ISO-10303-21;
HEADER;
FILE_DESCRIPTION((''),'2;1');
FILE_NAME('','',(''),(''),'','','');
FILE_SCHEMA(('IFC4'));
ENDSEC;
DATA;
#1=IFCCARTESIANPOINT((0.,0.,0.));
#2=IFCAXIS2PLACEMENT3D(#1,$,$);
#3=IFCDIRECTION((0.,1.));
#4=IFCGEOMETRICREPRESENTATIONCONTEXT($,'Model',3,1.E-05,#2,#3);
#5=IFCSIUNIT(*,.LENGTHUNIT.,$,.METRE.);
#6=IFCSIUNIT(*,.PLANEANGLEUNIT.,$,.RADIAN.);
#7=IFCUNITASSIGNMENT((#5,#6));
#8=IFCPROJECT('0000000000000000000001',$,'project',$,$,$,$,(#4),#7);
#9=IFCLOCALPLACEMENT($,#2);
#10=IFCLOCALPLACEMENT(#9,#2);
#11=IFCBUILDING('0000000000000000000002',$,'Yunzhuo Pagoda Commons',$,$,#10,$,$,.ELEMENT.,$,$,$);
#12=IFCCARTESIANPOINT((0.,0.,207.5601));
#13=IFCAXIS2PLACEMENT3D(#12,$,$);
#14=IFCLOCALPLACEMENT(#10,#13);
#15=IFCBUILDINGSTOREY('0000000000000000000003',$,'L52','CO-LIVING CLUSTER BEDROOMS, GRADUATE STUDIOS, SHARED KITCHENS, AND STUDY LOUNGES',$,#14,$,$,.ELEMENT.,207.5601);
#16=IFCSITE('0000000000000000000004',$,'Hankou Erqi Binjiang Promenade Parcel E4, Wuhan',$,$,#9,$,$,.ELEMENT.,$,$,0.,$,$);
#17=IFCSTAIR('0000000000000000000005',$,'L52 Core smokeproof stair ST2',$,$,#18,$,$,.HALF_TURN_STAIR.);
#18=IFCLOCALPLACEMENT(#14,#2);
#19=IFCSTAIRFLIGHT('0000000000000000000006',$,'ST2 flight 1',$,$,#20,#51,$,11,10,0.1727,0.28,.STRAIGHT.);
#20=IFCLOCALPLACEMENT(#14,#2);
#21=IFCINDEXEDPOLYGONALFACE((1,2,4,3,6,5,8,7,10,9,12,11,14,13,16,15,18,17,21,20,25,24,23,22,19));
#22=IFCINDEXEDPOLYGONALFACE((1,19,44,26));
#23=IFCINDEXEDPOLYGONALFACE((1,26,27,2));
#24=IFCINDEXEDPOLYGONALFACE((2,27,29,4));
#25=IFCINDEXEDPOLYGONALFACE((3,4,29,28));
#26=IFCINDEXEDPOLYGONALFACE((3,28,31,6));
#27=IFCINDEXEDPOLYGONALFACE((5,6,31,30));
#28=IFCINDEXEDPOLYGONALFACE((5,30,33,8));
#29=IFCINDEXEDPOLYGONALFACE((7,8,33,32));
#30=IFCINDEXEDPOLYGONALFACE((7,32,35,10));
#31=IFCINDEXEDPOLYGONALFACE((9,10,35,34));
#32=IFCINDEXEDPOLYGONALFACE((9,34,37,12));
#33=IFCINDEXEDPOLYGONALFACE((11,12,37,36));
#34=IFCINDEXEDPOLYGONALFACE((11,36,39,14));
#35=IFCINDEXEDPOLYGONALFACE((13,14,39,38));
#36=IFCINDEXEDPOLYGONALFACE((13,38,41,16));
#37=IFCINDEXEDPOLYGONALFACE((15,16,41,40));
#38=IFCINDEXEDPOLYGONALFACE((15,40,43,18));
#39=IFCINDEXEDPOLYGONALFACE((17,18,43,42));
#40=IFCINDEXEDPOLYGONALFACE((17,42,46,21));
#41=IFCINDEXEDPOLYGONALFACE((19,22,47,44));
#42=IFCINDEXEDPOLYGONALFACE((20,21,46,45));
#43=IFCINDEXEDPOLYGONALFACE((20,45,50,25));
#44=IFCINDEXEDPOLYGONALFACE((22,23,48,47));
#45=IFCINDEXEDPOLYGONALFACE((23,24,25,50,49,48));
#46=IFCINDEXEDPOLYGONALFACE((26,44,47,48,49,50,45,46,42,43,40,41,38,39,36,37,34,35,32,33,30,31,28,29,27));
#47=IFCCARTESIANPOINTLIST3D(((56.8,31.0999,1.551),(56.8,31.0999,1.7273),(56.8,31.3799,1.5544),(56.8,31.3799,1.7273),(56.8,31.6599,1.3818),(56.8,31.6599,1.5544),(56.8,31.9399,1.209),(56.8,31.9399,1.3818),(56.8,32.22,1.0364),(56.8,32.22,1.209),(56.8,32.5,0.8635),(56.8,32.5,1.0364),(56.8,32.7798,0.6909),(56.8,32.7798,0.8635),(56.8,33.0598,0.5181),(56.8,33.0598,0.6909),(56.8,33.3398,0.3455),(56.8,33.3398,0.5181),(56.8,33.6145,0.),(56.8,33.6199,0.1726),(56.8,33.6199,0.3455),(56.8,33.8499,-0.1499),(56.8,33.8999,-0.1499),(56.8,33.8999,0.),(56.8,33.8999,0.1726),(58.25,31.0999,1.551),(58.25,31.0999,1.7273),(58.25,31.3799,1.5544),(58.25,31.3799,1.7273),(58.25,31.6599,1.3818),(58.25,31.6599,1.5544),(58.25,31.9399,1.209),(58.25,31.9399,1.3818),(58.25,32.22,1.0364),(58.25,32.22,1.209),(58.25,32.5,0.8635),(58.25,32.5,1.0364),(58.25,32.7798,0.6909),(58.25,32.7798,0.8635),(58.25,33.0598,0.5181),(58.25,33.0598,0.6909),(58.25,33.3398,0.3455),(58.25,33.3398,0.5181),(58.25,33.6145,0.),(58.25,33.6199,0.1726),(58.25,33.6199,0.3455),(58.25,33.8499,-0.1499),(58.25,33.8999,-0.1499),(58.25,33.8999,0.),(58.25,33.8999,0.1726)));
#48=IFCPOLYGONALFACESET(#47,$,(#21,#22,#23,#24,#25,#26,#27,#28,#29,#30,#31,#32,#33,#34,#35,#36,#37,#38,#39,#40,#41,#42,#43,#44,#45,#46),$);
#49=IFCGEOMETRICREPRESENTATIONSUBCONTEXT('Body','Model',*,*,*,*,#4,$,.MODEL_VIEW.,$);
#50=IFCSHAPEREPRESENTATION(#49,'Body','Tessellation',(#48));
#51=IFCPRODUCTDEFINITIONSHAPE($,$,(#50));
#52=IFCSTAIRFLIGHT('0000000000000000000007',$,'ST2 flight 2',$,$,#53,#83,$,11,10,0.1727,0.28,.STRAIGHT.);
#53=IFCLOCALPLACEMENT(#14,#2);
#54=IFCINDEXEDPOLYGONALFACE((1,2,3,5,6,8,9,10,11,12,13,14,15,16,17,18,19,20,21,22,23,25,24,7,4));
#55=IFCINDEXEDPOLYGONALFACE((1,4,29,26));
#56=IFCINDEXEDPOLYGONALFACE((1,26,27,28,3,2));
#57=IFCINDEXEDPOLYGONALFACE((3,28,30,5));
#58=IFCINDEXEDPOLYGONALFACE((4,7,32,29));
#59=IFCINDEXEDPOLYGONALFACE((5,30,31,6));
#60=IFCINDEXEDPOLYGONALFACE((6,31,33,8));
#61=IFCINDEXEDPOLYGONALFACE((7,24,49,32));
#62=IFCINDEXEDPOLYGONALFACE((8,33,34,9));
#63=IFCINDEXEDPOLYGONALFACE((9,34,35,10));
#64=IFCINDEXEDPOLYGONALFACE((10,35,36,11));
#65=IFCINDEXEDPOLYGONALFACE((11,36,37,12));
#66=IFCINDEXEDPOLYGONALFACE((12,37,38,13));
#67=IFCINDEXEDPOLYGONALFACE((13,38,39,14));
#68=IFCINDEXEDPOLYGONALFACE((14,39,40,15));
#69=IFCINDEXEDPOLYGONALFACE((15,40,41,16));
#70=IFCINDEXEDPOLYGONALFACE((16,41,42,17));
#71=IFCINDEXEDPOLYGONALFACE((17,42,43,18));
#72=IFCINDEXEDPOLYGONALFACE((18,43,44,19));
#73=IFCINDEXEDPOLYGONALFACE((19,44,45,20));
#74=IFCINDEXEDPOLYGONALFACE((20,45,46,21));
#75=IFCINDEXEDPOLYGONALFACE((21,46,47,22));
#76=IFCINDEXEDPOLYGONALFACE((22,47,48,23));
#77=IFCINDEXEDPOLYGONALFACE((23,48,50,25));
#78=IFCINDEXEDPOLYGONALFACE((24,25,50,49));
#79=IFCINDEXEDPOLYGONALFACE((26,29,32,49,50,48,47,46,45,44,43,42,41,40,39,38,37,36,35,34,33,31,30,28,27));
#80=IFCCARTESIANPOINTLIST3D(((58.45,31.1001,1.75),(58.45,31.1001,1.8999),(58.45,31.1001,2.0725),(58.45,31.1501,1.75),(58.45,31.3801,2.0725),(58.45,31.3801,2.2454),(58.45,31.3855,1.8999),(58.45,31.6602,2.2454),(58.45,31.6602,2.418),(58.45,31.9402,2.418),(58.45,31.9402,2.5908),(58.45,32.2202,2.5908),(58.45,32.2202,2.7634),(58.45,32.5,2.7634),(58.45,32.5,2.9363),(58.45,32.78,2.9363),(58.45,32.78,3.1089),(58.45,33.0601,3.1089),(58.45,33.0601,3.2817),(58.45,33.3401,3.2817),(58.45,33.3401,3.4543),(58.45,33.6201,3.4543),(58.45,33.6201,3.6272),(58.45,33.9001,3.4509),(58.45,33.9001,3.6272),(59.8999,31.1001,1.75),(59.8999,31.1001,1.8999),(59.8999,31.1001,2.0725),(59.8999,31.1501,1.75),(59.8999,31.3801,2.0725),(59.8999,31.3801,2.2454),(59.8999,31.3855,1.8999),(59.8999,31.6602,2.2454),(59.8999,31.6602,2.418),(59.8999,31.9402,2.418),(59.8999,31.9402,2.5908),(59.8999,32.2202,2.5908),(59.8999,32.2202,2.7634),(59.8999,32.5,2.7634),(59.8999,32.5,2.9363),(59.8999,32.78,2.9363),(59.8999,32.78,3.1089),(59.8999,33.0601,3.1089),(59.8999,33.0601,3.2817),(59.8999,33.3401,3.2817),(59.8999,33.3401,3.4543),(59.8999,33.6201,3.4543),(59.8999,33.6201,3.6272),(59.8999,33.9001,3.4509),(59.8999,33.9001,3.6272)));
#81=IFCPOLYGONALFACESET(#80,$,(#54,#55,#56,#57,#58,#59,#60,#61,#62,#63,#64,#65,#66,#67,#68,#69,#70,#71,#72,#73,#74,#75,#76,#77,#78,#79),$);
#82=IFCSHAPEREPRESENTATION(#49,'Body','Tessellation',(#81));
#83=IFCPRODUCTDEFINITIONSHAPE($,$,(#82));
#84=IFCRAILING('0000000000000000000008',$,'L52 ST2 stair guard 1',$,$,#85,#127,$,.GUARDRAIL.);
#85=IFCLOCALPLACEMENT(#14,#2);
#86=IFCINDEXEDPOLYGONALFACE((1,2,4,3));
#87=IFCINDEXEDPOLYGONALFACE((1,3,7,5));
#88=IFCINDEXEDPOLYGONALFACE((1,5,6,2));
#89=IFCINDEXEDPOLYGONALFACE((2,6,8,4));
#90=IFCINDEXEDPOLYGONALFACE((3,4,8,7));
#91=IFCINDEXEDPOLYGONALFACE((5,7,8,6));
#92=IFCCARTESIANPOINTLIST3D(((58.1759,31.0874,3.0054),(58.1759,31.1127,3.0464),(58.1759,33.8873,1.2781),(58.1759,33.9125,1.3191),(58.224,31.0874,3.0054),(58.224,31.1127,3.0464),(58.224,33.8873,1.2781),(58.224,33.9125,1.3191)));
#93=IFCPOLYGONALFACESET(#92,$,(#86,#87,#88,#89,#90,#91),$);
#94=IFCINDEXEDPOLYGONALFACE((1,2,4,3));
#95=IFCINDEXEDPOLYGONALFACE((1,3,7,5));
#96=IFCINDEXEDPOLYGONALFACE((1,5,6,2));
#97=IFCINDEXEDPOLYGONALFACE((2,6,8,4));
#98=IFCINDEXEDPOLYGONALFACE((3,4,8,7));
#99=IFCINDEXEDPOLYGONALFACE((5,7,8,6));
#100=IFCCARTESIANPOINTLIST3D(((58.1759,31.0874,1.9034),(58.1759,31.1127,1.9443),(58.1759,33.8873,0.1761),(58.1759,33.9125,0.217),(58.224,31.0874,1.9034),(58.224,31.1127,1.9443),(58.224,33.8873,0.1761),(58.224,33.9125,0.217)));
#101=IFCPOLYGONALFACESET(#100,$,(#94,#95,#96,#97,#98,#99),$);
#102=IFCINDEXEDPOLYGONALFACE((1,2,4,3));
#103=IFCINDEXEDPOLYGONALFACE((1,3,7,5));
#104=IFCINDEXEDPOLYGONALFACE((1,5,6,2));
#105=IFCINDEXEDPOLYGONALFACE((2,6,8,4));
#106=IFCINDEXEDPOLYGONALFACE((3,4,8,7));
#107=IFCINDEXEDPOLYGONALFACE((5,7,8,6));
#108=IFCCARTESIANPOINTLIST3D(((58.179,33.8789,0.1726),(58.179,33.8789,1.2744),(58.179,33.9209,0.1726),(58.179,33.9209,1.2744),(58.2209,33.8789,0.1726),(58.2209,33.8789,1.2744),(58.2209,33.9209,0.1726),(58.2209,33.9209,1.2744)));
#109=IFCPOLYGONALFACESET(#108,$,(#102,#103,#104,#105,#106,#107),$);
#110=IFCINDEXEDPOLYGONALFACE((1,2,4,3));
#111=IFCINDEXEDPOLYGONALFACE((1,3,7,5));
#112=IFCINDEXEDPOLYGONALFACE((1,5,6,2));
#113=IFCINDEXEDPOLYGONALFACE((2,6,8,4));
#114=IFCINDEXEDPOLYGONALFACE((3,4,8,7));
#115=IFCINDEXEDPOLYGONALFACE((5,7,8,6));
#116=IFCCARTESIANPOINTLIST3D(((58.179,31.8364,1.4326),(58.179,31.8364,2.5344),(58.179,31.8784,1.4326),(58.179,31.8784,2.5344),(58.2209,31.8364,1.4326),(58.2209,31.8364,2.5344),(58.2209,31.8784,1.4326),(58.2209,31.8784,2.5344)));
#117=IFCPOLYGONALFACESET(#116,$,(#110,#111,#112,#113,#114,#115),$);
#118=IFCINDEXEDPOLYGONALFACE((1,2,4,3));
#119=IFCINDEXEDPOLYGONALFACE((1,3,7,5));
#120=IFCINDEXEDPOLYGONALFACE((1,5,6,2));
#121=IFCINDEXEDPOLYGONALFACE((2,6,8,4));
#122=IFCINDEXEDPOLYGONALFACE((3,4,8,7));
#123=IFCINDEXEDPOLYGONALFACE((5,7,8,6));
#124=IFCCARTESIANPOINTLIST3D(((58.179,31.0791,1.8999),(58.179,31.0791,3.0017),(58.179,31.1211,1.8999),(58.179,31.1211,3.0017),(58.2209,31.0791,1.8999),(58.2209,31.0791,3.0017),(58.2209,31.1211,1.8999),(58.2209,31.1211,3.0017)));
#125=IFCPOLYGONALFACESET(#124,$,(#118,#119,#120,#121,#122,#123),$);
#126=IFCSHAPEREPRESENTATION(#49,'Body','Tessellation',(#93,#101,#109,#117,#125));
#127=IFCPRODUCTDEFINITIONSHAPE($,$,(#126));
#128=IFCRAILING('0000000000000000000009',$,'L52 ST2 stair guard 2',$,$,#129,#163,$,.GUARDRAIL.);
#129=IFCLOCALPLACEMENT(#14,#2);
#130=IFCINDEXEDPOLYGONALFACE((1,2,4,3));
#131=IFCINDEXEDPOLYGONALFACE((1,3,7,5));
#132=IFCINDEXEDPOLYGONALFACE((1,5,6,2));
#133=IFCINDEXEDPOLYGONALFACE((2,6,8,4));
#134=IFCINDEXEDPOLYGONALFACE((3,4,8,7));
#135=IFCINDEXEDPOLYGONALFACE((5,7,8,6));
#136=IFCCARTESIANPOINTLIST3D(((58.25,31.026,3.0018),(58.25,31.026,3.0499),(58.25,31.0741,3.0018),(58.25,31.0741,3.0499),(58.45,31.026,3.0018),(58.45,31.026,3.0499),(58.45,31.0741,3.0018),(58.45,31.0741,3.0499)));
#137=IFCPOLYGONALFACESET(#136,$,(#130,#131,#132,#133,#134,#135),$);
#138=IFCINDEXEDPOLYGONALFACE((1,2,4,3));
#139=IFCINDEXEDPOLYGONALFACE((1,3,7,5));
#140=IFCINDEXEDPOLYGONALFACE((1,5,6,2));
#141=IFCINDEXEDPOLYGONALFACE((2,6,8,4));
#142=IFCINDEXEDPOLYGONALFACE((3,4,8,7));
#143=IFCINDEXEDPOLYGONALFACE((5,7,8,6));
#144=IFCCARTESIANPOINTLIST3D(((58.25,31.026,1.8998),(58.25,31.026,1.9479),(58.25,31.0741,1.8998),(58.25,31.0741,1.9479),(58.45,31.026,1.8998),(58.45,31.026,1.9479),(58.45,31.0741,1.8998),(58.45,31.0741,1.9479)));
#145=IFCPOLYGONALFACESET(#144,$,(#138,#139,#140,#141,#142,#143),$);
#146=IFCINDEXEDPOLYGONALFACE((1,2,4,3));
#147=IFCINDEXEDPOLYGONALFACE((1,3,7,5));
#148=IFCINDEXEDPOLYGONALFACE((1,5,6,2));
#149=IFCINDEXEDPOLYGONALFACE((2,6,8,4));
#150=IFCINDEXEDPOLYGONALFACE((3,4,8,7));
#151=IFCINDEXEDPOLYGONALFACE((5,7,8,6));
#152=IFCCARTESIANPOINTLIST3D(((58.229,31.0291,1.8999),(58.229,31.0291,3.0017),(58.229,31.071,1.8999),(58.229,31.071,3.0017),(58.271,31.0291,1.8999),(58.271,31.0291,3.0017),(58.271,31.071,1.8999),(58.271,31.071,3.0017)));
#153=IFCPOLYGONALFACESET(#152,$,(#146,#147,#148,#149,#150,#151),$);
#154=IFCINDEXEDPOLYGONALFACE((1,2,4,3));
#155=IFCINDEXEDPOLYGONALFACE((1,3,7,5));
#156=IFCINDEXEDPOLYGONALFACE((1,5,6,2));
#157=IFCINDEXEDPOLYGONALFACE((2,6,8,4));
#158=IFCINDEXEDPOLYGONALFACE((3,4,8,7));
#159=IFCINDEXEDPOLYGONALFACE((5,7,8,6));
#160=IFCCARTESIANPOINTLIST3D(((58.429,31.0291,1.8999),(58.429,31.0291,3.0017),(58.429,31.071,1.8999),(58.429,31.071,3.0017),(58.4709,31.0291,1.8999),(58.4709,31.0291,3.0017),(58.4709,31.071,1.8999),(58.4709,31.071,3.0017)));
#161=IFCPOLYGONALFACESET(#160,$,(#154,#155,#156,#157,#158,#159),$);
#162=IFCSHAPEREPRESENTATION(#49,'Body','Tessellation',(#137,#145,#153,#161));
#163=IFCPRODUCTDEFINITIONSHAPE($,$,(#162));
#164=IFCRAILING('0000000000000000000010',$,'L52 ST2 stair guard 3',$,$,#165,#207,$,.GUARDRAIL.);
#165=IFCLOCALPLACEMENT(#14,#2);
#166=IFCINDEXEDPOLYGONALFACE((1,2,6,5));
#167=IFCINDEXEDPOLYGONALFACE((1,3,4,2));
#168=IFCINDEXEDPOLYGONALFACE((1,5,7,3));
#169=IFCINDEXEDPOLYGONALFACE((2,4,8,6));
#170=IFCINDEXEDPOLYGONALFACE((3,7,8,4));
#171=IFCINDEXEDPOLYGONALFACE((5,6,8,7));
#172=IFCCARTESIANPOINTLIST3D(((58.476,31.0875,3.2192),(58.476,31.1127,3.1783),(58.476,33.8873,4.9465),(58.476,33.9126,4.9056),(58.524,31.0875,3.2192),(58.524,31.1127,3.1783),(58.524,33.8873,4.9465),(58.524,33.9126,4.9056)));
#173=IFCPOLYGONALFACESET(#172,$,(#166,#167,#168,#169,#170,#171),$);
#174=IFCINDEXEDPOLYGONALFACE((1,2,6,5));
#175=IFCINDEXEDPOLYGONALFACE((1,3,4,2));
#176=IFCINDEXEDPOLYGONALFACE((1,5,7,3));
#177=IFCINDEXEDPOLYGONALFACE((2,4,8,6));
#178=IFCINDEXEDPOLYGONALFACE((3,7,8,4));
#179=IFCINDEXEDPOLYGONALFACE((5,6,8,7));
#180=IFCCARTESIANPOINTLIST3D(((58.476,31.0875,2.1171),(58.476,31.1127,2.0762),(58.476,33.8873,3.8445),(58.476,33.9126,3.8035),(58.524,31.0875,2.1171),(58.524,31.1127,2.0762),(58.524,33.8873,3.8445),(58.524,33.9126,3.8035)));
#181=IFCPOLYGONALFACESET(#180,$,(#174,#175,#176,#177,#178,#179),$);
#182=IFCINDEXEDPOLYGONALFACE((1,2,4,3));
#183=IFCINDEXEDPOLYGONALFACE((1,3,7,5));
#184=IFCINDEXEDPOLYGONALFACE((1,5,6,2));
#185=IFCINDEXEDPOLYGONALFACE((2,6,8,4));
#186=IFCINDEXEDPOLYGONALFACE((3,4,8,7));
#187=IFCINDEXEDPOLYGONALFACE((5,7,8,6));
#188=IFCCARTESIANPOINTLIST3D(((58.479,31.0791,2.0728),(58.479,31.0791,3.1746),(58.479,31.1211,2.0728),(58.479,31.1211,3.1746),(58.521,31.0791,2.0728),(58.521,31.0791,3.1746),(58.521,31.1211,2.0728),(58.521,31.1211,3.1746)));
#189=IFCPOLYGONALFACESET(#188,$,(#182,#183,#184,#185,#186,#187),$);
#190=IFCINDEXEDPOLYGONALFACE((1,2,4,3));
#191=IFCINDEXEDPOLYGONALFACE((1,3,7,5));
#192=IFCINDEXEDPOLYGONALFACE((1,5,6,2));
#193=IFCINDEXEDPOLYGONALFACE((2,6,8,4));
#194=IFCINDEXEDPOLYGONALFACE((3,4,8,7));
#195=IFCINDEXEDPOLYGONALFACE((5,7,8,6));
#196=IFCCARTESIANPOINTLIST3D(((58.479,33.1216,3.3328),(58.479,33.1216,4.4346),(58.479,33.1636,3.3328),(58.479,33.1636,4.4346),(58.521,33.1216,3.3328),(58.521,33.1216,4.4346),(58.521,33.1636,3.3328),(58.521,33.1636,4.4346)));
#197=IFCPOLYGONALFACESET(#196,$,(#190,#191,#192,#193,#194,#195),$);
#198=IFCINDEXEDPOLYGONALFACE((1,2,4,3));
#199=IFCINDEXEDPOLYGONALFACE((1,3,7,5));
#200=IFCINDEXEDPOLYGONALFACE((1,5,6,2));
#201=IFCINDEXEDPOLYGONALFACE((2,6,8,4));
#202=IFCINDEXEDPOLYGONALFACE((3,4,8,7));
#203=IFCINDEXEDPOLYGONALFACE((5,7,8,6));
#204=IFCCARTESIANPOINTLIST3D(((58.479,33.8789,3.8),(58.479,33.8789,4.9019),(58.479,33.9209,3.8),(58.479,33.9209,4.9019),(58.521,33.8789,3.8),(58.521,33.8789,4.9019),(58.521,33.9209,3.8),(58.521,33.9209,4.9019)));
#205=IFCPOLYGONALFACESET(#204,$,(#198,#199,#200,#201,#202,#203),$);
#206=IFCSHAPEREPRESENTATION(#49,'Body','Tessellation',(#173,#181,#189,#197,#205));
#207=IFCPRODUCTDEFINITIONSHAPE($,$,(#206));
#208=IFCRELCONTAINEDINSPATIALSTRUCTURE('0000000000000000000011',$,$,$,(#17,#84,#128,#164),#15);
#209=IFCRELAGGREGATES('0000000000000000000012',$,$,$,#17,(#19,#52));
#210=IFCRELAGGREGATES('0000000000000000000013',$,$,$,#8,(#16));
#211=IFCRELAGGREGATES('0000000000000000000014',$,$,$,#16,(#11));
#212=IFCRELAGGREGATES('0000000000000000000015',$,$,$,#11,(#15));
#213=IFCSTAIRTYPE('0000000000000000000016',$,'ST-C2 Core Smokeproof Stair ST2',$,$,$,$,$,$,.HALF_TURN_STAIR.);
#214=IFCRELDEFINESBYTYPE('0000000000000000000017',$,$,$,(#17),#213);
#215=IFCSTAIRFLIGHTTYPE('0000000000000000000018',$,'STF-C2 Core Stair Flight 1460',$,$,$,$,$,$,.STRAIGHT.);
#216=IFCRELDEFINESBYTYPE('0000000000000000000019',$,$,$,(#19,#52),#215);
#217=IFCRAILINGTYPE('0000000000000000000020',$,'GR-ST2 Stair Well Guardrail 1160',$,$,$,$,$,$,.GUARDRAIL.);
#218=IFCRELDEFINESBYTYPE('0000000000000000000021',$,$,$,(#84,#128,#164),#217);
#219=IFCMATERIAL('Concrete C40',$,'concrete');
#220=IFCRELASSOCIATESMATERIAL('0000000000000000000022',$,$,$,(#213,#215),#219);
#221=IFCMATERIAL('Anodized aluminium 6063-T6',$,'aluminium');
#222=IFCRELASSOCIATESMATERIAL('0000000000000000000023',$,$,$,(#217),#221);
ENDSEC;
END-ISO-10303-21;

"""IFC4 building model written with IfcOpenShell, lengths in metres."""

from ifc_helpers import new_model, si_unit, direction, frame, origin, origin_2d, place, context, subcontext, project, spatial, polyline, rectangle, outline, extrude, source, transform, mapped, material, type_object, element, aggregate, save


model = new_model("IFC4")

# Units and contexts
model_context = context("Model", 3, precision=1e-05, world=origin(), true_north=direction((0.0, 1.0)))
body_context = subcontext(model_context, "Body", "Model", "MODEL_VIEW")
ifc_project = project(units=[si_unit("LENGTHUNIT", "METRE"), si_unit("PLANEANGLEUNIT", "RADIAN")], contexts=[model_context])

# Site, building, storey
site_placement = place(None, origin())
site = spatial("IfcSite", under=ifc_project, at=site_placement, Name="Hankou Erqi Binjiang Promenade Parcel E4, Wuhan", CompositionType="ELEMENT", RefElevation=0.0)
building_placement = place(site_placement, origin())
building = spatial("IfcBuilding", under=site, at=building_placement, Name="Yunzhuo Pagoda Commons", CompositionType="ELEMENT")
storey_placement = place(building_placement, frame((0.0, 0.0, 207.5601)))
storey = spatial("IfcBuildingStorey", under=building, at=storey_placement, Name="L52", Description="CO-LIVING CLUSTER BEDROOMS, GRADUATE STUDIOS, SHARED KITCHENS, AND STUDY LOUNGES", CompositionType="ELEMENT", Elevation=207.5601)

# Shared definitions
ifc_material_1 = material(Name="Concrete C40", Category="concrete")

# Stair, stair flights
stair_type = type_object("IfcStairType", Name="ST-C2 Core Smokeproof Stair ST2", PredefinedType="HALF_TURN_STAIR", material=ifc_material_1)
stair_placement = place(storey_placement, origin())
stair = element("IfcStair", 1, at=stair_placement, inside=storey, type_object=stair_type, Name="L52 Core smokeproof stair ST2", PredefinedType="HALF_TURN_STAIR")
stair_flight_type = type_object("IfcStairFlightType", Name="STF-C2 Core Stair Flight 1460", PredefinedType="STRAIGHT", material=ifc_material_1)
shared_shape_1 = source(origin(), body_context, "Body", "SweptSolid", [
    extrude(outline(polyline([(0.0, -0.1499), (0.0, 0.0), (0.0, 0.1726), (0.28, 0.1726), (0.28, 0.3455), (0.5601, 0.3455), (0.5601, 0.5181), (0.8401, 0.5181), (0.8401, 0.6909), (1.1201, 0.6909), (1.1201, 0.8635), (1.3999, 0.8635), (1.3999, 1.0364), (1.6799, 1.0364), (1.6799, 1.209), (1.96, 1.209), (1.96, 1.3818), (2.24, 1.3818), (2.24, 1.5544), (2.52, 1.5544), (2.52, 1.7273), (2.8, 1.7273), (2.8, 1.8999), (2.8, 1.551), (0.2854, 0.0), (0.05, -0.1499), (0.0, -0.1499)])), frame((0.0, 0.7251, 0.0), z_axis=(0.0, -1.0, 0.0), x_axis=(1.0, 0.0, 0.0)), (0.0, 0.0, 1.0), 1.45),
])
stair_flight_1_placement = place(storey_placement, frame((57.5249, 33.8999, 0.0), z_axis=(0.0, 0.0, 1.0), x_axis=(0.0, -1.0, 0.0)))
stair_flight_1 = element("IfcStairFlight", 2, at=stair_flight_1_placement, type_object=stair_flight_type, Name="ST2 flight 1", NumberOfRisers=11, NumberOfTreads=10, PredefinedType="STRAIGHT", RiserHeight=0.1727, TreadLength=0.28, context=body_context, shape_type="MappedRepresentation", body=[
    mapped(shared_shape_1, transform((0.0, 0.0, 0.0), scale=1.0)),
])
stair_flight_2_placement = place(storey_placement, frame((59.175, 31.1001, 1.8999), z_axis=(0.0, 0.0, 1.0), x_axis=(0.0, 1.0, 0.0)))
stair_flight_2 = element("IfcStairFlight", 3, at=stair_flight_2_placement, type_object=stair_flight_type, Name="ST2 flight 2", NumberOfRisers=11, NumberOfTreads=10, PredefinedType="STRAIGHT", RiserHeight=0.1727, TreadLength=0.28, context=body_context, shape_type="MappedRepresentation", body=[
    mapped(shared_shape_1, transform((0.0, 0.0, 0.0), scale=1.0)),
])
aggregate(stair, [stair_flight_1, stair_flight_2])

# Railings
ifc_material_2 = material(Name="Anodized aluminium 6063-T6", Category="aluminium")
railing_type_1 = type_object("IfcRailingType", Name="GR-ST2 Stair Well Guardrail 1160", PredefinedType="GUARDRAIL", material=ifc_material_2)
railing_1_placement = place(storey_placement, frame((58.2, 33.8999, 0.1726)))
element("IfcRailing", 4, at=railing_1_placement, inside=storey, type_object=railing_type_1, Name="L52 ST2 stair guard 1", PredefinedType="GUARDRAIL", context=body_context, shape_type="SweptSolid", body=[
    extrude(rectangle(XDim=0.0481, YDim=0.0481, at=origin_2d()), frame((0.0, 0.0, 1.126), z_axis=(0.0, -0.851069, 0.525054), x_axis=(1.0, 0.0, 0.0)), (0.0, 0.0, 1.0), 3.2898),
    extrude(rectangle(XDim=0.0481, YDim=0.0481, at=origin_2d()), frame((0.0, 0.0, 0.0239), z_axis=(0.0, -0.851069, 0.525054), x_axis=(1.0, 0.0, 0.0)), (0.0, 0.0, 1.0), 3.2898),
    extrude(rectangle(XDim=0.042, YDim=0.042, at=origin_2d()), origin(), (0.0, 0.0, 1.0), 1.1018),
    extrude(rectangle(XDim=0.042, YDim=0.042, at=origin_2d()), frame((0.0, -2.0425, 1.26)), (0.0, 0.0, 1.0), 1.1018),
    extrude(rectangle(XDim=0.042, YDim=0.042, at=origin_2d()), frame((0.0, -2.7998, 1.7273)), (0.0, 0.0, 1.0), 1.1018),
])
railing_2_placement = place(storey_placement, frame((58.25, 31.05, 1.8999)))
element("IfcRailing", 5, at=railing_2_placement, inside=storey, type_object=railing_type_1, Name="L52 ST2 stair guard 2", PredefinedType="GUARDRAIL", context=body_context, shape_type="SweptSolid", body=[
    extrude(rectangle(XDim=0.0481, YDim=0.0481, at=origin_2d()), frame((0.0, 0.0, 1.126), z_axis=(1.0, 0.0, 0.0), x_axis=(0.0, 1.0, 0.0)), (0.0, 0.0, 1.0), 0.2),
    extrude(rectangle(XDim=0.0481, YDim=0.0481, at=origin_2d()), frame((0.0, 0.0, 0.0239), z_axis=(1.0, 0.0, 0.0), x_axis=(0.0, 1.0, 0.0)), (0.0, 0.0, 1.0), 0.2),
    extrude(rectangle(XDim=0.042, YDim=0.042, at=origin_2d()), origin(), (0.0, 0.0, 1.0), 1.1018),
    extrude(rectangle(XDim=0.042, YDim=0.042, at=origin_2d()), frame((0.2, 0.0, 0.0)), (0.0, 0.0, 1.0), 1.1018),
])
railing_3_placement = place(storey_placement, frame((58.5, 31.1001, 2.0728)))
element("IfcRailing", 6, at=railing_3_placement, inside=storey, type_object=railing_type_1, Name="L52 ST2 stair guard 3", PredefinedType="GUARDRAIL", context=body_context, shape_type="SweptSolid", body=[
    extrude(rectangle(XDim=0.0481, YDim=0.0481, at=origin_2d()), frame((0.0, 0.0, 1.126), z_axis=(0.0, 0.851069, 0.525054), x_axis=(-1.0, 0.0, 0.0)), (0.0, 0.0, 1.0), 3.2898),
    extrude(rectangle(XDim=0.0481, YDim=0.0481, at=origin_2d()), frame((0.0, 0.0, 0.0239), z_axis=(0.0, 0.851069, 0.525054), x_axis=(-1.0, 0.0, 0.0)), (0.0, 0.0, 1.0), 3.2898),
    extrude(rectangle(XDim=0.042, YDim=0.042, at=origin_2d()), origin(), (0.0, 0.0, 1.0), 1.1018),
    extrude(rectangle(XDim=0.042, YDim=0.042, at=origin_2d()), frame((0.0, 2.0425, 1.26)), (0.0, 0.0, 1.0), 1.1018),
    extrude(rectangle(XDim=0.042, YDim=0.042, at=origin_2d()), frame((0.0, 2.7998, 1.7273)), (0.0, 0.0, 1.0), 1.1018),
])

save(model, "model.ifc")
